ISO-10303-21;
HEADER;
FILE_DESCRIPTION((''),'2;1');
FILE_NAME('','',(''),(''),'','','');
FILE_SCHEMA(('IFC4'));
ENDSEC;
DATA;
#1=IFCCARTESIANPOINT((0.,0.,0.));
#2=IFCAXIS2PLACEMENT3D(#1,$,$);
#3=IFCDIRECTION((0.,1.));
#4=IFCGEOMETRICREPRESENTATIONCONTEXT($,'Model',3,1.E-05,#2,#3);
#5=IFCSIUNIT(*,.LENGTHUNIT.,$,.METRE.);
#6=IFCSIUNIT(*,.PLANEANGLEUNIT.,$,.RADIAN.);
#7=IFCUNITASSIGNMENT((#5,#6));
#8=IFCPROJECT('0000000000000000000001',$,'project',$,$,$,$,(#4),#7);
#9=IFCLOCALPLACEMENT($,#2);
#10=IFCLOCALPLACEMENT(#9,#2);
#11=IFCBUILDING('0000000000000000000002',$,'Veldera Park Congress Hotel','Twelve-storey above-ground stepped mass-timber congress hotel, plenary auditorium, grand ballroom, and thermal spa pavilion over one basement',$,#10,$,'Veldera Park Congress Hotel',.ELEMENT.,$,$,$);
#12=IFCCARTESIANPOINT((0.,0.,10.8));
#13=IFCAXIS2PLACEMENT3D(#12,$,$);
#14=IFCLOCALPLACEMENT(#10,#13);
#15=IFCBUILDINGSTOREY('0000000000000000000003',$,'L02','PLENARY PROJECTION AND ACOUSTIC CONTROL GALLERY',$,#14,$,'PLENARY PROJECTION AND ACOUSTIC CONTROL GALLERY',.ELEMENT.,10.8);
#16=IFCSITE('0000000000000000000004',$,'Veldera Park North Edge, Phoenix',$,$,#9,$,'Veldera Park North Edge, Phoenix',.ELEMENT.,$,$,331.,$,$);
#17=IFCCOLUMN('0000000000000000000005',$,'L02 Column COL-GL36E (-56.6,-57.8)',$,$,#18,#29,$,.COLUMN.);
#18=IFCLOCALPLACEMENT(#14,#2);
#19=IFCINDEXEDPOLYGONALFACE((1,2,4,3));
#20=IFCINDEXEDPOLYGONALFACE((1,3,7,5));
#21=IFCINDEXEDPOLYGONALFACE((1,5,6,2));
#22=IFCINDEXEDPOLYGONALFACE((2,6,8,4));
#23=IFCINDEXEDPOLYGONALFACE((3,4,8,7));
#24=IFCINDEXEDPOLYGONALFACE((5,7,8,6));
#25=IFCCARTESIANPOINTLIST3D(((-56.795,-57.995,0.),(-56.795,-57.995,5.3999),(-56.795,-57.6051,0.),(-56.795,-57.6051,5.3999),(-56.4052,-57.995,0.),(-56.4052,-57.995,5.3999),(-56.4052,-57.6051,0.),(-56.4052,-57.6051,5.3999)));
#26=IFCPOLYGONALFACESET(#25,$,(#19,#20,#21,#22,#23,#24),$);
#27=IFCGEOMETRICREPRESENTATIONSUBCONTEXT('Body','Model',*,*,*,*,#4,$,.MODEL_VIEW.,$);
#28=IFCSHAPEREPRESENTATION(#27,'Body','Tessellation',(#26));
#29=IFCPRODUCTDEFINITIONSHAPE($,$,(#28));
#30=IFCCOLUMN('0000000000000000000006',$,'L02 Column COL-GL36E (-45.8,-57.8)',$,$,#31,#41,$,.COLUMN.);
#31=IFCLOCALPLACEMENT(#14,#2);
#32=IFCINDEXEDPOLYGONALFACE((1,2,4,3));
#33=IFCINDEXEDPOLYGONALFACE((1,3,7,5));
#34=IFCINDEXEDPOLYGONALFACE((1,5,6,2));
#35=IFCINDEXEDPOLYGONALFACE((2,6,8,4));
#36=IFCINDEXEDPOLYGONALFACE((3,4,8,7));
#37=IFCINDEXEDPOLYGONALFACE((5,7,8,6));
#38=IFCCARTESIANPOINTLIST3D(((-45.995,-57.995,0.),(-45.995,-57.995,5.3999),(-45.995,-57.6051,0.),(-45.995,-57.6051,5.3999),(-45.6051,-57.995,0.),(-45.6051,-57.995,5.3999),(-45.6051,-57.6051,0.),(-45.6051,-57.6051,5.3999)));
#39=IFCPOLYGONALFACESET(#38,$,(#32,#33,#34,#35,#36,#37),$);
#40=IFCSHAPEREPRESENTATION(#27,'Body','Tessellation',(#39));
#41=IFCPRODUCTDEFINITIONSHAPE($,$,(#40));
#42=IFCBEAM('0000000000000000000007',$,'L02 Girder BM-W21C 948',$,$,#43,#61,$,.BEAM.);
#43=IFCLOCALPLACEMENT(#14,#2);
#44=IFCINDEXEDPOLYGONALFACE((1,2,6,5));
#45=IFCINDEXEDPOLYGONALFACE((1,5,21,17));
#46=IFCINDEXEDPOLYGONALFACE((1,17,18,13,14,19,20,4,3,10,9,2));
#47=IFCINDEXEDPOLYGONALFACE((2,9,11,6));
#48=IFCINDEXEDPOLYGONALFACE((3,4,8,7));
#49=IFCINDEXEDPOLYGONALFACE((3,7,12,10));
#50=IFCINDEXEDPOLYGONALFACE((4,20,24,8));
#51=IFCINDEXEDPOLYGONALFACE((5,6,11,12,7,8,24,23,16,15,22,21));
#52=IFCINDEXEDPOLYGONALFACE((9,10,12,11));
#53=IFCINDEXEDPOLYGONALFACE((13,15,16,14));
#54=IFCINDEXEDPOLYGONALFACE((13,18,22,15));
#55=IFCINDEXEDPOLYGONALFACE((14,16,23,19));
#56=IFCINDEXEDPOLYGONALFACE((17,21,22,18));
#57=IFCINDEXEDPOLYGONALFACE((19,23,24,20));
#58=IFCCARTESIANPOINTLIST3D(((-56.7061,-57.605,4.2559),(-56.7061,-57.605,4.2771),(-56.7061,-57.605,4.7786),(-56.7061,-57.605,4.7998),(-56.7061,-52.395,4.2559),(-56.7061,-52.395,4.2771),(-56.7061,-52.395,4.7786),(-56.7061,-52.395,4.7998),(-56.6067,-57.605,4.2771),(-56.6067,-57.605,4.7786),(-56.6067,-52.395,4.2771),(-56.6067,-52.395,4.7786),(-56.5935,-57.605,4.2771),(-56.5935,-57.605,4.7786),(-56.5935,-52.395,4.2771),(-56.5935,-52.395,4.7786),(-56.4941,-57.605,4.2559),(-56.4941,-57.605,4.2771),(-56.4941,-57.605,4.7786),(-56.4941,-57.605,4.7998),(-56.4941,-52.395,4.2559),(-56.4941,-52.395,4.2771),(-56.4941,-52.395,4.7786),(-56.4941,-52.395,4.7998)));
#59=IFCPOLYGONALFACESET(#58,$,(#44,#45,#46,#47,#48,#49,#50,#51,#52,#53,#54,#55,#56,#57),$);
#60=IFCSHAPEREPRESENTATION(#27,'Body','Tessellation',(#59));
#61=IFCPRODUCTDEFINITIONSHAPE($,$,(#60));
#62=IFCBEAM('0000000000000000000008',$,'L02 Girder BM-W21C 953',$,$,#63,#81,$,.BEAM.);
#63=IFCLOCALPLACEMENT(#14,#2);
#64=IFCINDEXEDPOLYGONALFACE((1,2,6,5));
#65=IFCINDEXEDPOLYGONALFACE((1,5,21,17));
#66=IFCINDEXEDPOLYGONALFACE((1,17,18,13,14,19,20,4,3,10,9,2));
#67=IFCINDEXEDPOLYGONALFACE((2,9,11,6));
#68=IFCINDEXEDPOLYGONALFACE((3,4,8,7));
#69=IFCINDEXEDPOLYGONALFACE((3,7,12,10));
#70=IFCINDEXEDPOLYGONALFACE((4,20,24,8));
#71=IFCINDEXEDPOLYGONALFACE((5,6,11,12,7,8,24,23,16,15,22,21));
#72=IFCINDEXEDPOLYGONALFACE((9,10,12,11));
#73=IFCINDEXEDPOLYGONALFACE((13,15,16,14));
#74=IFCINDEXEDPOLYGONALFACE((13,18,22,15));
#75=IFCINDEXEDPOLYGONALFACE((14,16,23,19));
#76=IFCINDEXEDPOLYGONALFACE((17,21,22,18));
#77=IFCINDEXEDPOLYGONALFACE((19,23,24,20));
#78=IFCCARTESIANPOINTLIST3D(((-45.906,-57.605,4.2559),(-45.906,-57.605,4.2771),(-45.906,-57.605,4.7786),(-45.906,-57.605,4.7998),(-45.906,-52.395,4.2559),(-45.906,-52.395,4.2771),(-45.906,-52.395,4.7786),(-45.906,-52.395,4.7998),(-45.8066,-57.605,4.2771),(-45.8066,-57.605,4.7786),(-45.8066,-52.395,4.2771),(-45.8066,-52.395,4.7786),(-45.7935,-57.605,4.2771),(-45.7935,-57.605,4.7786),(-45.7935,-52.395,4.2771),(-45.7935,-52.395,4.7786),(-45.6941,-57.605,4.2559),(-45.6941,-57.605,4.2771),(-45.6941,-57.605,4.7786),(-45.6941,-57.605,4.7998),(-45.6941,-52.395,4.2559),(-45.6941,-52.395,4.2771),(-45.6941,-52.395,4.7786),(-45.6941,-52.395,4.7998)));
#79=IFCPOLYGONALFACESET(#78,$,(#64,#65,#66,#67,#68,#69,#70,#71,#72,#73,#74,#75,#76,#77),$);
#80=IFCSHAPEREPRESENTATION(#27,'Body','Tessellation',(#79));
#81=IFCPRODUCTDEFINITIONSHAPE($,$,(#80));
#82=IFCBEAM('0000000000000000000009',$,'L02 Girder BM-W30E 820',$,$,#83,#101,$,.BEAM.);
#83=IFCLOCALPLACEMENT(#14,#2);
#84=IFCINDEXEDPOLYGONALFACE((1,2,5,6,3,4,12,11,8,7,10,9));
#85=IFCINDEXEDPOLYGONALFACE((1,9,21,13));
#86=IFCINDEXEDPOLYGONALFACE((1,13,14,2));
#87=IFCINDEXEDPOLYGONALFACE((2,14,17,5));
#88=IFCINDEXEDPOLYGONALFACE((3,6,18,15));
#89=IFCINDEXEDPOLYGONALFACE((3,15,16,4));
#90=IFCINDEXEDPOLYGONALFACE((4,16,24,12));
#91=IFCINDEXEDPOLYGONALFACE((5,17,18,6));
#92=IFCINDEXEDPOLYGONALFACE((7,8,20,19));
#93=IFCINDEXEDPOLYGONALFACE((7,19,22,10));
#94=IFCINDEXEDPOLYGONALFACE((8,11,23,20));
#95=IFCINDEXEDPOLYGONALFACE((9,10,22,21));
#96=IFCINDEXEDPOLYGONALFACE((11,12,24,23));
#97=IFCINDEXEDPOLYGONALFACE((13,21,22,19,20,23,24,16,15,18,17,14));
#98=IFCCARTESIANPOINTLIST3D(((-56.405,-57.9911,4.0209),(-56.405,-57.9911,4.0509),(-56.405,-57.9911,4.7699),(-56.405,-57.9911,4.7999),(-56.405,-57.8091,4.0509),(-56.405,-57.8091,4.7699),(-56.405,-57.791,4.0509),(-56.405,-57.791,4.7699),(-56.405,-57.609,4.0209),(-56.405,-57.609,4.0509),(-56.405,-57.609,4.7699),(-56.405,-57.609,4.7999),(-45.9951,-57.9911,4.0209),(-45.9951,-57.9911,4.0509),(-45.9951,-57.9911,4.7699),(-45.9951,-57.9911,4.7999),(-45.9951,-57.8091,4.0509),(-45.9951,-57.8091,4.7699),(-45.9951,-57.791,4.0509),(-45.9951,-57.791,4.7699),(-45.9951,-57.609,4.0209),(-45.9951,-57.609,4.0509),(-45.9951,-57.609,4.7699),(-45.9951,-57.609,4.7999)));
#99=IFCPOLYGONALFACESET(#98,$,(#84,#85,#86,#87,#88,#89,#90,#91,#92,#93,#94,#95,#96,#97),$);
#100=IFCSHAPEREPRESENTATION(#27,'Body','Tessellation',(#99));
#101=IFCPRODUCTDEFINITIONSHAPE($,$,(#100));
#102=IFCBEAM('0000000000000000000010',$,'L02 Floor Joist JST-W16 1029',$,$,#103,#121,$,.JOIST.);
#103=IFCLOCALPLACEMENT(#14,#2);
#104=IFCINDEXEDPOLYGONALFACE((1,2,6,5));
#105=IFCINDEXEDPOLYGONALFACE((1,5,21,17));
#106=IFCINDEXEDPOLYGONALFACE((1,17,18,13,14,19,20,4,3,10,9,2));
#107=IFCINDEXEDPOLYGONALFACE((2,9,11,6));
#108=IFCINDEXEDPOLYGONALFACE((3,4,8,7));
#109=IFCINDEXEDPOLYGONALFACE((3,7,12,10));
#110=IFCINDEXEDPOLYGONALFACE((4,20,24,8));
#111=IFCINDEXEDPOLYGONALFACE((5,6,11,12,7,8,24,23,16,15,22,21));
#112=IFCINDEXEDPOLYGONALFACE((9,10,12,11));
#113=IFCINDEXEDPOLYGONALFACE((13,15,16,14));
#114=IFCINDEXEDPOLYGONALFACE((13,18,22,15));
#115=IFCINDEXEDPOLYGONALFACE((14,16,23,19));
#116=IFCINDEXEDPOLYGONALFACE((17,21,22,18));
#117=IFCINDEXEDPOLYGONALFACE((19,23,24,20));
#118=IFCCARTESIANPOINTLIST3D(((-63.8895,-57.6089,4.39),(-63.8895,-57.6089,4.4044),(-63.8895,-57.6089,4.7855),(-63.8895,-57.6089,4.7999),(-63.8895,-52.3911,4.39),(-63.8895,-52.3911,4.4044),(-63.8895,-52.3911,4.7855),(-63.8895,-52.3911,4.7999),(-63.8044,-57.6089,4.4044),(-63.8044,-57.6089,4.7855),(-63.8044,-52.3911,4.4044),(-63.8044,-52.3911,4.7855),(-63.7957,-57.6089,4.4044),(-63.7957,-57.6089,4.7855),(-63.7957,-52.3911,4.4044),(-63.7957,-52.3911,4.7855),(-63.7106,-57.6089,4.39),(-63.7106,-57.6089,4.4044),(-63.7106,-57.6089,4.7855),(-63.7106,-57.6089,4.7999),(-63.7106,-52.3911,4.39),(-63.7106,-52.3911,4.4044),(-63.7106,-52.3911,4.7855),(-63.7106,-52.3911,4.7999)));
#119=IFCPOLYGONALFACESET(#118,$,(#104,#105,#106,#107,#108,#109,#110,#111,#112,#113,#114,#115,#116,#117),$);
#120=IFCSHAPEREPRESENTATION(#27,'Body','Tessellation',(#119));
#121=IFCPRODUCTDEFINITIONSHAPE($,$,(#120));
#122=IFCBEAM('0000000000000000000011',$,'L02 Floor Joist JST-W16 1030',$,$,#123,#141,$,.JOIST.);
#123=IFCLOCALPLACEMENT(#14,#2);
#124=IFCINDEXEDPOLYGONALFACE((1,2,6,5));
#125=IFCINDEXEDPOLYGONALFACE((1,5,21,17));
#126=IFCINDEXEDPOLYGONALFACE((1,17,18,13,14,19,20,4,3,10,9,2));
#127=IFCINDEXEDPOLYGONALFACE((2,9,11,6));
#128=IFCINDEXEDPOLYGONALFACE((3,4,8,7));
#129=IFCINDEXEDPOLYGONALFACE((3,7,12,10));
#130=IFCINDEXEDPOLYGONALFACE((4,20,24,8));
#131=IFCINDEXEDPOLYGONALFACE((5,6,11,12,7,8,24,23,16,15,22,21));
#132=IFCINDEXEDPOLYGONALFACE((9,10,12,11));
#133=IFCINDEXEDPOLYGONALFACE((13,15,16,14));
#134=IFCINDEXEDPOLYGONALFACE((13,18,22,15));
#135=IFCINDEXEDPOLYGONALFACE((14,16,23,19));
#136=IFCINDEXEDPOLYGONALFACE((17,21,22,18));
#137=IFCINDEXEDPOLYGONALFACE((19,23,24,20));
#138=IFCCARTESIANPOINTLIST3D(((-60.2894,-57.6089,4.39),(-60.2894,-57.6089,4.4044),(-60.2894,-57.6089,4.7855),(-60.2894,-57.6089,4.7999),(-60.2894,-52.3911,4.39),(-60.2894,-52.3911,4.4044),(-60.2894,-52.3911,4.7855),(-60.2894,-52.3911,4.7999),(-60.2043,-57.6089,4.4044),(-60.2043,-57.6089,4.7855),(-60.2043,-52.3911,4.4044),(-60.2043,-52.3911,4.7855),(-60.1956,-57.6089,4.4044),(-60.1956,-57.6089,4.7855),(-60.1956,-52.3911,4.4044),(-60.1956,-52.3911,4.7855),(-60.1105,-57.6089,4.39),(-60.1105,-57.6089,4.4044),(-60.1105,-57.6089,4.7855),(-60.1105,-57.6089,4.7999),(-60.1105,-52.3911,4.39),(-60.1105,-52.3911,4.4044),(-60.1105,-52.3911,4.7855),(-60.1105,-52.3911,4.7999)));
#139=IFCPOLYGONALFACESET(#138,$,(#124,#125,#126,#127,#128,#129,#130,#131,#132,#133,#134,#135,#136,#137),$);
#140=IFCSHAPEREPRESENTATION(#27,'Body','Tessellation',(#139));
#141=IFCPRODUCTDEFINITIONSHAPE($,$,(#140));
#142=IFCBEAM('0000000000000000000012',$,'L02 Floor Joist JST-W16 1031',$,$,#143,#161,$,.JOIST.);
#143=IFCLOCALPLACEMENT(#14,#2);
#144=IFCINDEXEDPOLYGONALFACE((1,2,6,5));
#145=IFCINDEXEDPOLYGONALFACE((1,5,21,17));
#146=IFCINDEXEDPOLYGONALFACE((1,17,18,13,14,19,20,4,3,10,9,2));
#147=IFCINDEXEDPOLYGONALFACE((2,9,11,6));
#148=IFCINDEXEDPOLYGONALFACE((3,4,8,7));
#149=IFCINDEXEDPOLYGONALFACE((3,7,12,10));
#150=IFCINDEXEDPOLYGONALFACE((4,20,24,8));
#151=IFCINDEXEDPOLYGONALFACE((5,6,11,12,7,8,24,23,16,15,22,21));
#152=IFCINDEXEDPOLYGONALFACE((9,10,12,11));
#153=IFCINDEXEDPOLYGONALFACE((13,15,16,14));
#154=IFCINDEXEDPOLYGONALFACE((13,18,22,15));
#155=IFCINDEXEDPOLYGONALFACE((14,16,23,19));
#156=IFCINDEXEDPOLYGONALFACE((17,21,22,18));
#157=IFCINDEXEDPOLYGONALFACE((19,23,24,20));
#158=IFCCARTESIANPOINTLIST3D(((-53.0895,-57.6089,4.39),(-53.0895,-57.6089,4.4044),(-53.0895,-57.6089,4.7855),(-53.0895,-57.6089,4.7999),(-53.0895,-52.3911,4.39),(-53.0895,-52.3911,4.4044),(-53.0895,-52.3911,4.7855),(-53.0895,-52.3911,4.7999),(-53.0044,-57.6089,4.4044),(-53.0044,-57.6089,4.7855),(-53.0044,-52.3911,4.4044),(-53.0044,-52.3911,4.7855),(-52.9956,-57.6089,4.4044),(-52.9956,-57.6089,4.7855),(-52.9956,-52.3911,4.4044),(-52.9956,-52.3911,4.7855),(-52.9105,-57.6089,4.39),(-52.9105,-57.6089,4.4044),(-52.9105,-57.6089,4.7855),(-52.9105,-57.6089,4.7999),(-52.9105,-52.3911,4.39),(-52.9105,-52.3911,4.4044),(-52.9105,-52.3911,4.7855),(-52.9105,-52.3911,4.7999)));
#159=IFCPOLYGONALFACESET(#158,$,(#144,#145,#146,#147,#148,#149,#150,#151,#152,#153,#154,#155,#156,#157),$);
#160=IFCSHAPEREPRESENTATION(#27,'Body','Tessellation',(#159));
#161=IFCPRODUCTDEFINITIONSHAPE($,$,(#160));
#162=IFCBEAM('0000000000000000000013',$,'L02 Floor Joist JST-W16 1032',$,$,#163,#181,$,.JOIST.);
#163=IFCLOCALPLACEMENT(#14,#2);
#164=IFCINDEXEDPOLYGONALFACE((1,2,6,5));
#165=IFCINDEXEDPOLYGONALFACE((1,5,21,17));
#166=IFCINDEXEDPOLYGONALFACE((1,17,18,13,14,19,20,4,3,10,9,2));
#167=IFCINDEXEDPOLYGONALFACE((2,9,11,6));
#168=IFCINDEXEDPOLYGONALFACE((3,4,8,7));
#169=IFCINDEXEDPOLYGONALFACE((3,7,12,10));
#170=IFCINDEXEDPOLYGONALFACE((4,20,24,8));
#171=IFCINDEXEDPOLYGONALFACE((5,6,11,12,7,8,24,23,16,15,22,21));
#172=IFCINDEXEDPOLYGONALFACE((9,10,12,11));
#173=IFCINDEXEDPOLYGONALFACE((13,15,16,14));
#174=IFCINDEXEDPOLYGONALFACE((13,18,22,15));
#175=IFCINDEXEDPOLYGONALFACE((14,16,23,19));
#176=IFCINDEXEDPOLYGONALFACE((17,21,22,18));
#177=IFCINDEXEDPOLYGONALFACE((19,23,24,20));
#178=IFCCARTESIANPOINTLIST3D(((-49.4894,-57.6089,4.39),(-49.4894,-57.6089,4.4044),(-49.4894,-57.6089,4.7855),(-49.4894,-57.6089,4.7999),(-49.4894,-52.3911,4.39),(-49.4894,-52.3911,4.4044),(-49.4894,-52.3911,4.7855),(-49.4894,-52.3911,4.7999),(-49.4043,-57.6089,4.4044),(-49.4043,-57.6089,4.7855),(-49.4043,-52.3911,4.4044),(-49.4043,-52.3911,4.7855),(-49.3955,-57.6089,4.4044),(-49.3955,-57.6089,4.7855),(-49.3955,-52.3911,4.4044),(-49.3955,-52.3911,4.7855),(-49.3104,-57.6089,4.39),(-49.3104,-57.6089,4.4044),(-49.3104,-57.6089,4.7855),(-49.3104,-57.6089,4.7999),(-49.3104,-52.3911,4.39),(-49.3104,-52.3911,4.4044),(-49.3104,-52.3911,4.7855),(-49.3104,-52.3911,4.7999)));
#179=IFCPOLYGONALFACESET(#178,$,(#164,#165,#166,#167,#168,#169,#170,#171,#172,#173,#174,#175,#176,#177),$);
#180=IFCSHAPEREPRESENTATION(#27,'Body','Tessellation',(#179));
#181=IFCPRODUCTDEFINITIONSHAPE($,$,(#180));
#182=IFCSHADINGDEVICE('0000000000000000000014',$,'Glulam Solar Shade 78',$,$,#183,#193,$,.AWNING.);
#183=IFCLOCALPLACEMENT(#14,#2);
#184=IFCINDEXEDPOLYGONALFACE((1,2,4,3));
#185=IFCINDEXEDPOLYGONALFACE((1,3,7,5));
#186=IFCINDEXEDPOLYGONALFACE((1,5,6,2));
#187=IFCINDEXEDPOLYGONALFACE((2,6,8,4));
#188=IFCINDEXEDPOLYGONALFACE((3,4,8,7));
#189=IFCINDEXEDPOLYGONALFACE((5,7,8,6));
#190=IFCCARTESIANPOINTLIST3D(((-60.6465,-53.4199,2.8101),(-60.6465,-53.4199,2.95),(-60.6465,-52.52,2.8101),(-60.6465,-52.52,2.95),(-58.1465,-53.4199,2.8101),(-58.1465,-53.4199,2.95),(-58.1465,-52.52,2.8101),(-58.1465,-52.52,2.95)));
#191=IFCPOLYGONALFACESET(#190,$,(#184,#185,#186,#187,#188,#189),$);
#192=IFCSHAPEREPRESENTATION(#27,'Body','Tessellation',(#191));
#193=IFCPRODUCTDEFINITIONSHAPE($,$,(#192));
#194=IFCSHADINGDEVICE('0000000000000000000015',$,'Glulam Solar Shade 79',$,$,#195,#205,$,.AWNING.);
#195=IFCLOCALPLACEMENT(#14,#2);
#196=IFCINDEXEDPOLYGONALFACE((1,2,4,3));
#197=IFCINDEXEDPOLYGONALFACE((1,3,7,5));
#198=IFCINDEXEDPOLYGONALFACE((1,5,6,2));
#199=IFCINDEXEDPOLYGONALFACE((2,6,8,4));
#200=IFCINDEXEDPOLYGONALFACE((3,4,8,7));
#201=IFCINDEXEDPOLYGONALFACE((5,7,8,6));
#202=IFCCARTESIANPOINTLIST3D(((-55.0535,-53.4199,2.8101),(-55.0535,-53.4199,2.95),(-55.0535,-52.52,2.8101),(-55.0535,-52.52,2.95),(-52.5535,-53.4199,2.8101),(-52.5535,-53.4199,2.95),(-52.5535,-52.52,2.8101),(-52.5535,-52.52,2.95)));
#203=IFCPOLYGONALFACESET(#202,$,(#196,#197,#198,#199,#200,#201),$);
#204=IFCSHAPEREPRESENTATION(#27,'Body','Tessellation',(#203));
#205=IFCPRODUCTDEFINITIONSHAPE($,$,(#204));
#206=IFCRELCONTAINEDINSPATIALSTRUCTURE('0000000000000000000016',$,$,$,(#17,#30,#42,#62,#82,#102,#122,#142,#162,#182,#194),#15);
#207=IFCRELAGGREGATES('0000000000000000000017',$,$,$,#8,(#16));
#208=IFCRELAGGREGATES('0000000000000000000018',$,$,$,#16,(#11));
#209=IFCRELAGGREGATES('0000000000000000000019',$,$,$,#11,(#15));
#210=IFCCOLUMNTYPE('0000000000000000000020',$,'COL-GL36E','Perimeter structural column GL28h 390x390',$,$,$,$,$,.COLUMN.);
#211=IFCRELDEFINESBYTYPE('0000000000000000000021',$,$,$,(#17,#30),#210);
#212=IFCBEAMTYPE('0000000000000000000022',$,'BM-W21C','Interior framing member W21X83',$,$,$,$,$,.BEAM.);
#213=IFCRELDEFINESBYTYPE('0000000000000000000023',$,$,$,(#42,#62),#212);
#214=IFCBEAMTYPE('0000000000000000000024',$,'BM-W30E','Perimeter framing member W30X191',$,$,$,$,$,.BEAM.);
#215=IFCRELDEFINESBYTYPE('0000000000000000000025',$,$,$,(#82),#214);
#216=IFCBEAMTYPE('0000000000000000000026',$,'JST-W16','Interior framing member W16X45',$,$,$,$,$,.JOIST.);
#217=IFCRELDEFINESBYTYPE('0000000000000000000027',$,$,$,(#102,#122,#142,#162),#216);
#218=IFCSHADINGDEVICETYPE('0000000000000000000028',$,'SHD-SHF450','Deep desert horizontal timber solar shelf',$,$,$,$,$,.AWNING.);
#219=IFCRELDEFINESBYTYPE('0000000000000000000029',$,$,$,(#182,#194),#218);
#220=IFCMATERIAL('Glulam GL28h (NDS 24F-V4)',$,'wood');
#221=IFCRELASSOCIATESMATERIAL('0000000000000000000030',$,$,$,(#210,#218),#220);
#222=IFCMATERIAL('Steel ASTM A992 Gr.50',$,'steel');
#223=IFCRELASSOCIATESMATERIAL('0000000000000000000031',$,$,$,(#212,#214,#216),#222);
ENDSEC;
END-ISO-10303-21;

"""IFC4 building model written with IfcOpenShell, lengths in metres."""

from ifc_helpers import new_model, si_unit, direction, frame, origin, origin_2d, place, context, subcontext, project, spatial, rectangle, i_section, extrude, material, material_profile, profile_set, type_object, element, save


model = new_model("IFC4")

# Units and contexts
model_context = context("Model", 3, precision=1e-05, world=origin(), true_north=direction((0.0, 1.0)))
body_context = subcontext(model_context, "Body", "Model", "MODEL_VIEW")
ifc_project = project(units=[si_unit("LENGTHUNIT", "METRE"), si_unit("PLANEANGLEUNIT", "RADIAN")], contexts=[model_context])

# Site, building, storey
site_placement = place(None, origin())
site = spatial("IfcSite", under=ifc_project, at=site_placement, Name="Veldera Park North Edge, Phoenix", LongName="Veldera Park North Edge, Phoenix", CompositionType="ELEMENT", RefElevation=331.0)
building_placement = place(site_placement, origin())
building = spatial("IfcBuilding", under=site, at=building_placement, Name="Veldera Park Congress Hotel", Description="Twelve-storey above-ground stepped mass-timber congress hotel, plenary auditorium, grand ballroom, and thermal spa pavilion over one basement", LongName="Veldera Park Congress Hotel", CompositionType="ELEMENT")
storey_placement = place(building_placement, frame((0.0, 0.0, 10.8)))
storey = spatial("IfcBuildingStorey", under=building, at=storey_placement, Name="L02", Description="PLENARY PROJECTION AND ACOUSTIC CONTROL GALLERY", LongName="PLENARY PROJECTION AND ACOUSTIC CONTROL GALLERY", CompositionType="ELEMENT", Elevation=10.8)

# Columns
ifc_material_1 = material(Name="Glulam GL28h (NDS 24F-V4)", Category="wood")
ifc_material_profile_1 = material_profile(ifc_material_1, rectangle(XDim=0.3899, YDim=0.3899, at=origin_2d()), Name="GL28h 390x390")
ifc_profile_set_1 = profile_set([ifc_material_profile_1], Name="Glulam GL28h (NDS 24F-V4)")
column_type = type_object("IfcColumnType", Name="COL-GL36E", Description="Perimeter structural column GL28h 390x390", PredefinedType="COLUMN", material=ifc_profile_set_1)
for number, where, z_axis, x_axis, name in (
    (1, (-56.6001, -57.8, 0.0), (0.0, 0.0, 1.0), (1.0, 0.0, 0.0), "L02 Column COL-GL36E (-56.6,-57.8)"),
    (2, (-45.8, -57.8, 0.0), (0.0, 0.0, 1.0), (1.0, 0.0, 0.0), "L02 Column COL-GL36E (-45.8,-57.8)"),
):
    element("IfcColumn", number, at=place(storey_placement, frame(where, z_axis=z_axis, x_axis=x_axis)), inside=storey, type_object=column_type, Name=name, PredefinedType="COLUMN", context=body_context, shape_type="SweptSolid", body=[
        extrude(rectangle(XDim=0.3899, YDim=0.3899, at=origin_2d()), origin(), (0.0, 0.0, 1.0), 5.3999),
    ])

# Beams
ifc_material_2 = material(Name="Steel ASTM A992 Gr.50", Category="steel")
ifc_material_profile_2 = material_profile(ifc_material_2, i_section(OverallWidth=0.2119, OverallDepth=0.5439, WebThickness=0.0132, FlangeThickness=0.0212, at=origin_2d()), Name="W21X83")
ifc_profile_set_2 = profile_set([ifc_material_profile_2], Name="Steel ASTM A992 Gr.50")
beam_type_1 = type_object("IfcBeamType", Name="BM-W21C", Description="Interior framing member W21X83", PredefinedType="BEAM", material=ifc_profile_set_2)
for number, where, z_axis, x_axis, name in (
    (3, (-56.6001, -57.605, 4.5278), (0.0, 1.0, 0.0), (-1.0, 0.0, 0.0), "L02 Girder BM-W21C 948"),
    (4, (-45.8, -57.605, 4.5278), (0.0, 1.0, 0.0), (-1.0, 0.0, 0.0), "L02 Girder BM-W21C 953"),
):
    element("IfcBeam", number, at=place(storey_placement, frame(where, z_axis=z_axis, x_axis=x_axis)), inside=storey, type_object=beam_type_1, Name=name, PredefinedType="BEAM", context=body_context, shape_type="SweptSolid", body=[
        extrude(i_section(OverallWidth=0.2119, OverallDepth=0.5439, WebThickness=0.0132, FlangeThickness=0.0212, at=origin_2d()), origin(), (0.0, 0.0, 1.0), 5.21),
    ])
ifc_material_profile_3 = material_profile(ifc_material_2, i_section(OverallWidth=0.3821, OverallDepth=0.7791, WebThickness=0.0181, FlangeThickness=0.03, at=origin_2d()), Name="W30X191")
ifc_profile_set_3 = profile_set([ifc_material_profile_3], Name="Steel ASTM A992 Gr.50")
beam_type_2 = type_object("IfcBeamType", Name="BM-W30E", Description="Perimeter framing member W30X191", PredefinedType="BEAM", material=ifc_profile_set_3)
beam_placement = place(storey_placement, frame((-56.405, -57.8, 4.4104), z_axis=(1.0, 0.0, 0.0), x_axis=(0.0, 1.0, 0.0)))
element("IfcBeam", 5, at=beam_placement, inside=storey, type_object=beam_type_2, Name="L02 Girder BM-W30E 820", PredefinedType="BEAM", context=body_context, shape_type="SweptSolid", body=[
    extrude(i_section(OverallWidth=0.3821, OverallDepth=0.7791, WebThickness=0.0181, FlangeThickness=0.03, at=origin_2d()), origin(), (0.0, 0.0, 1.0), 10.4099),
])
ifc_material_profile_4 = material_profile(ifc_material_2, i_section(OverallWidth=0.179, OverallDepth=0.4099, WebThickness=0.0088, FlangeThickness=0.0144, at=origin_2d()), Name="W16X45")
ifc_profile_set_4 = profile_set([ifc_material_profile_4], Name="Steel ASTM A992 Gr.50")
beam_type_3 = type_object("IfcBeamType", Name="JST-W16", Description="Interior framing member W16X45", PredefinedType="JOIST", material=ifc_profile_set_4)
for number, where, z_axis, x_axis, name in (
    (6, (-63.8, -57.6089, 4.595), (0.0, 1.0, 0.0), (-1.0, 0.0, 0.0), "L02 Floor Joist JST-W16 1029"),
    (7, (-60.2, -57.6089, 4.595), (0.0, 1.0, 0.0), (-1.0, 0.0, 0.0), "L02 Floor Joist JST-W16 1030"),
    (8, (-53.0, -57.6089, 4.595), (0.0, 1.0, 0.0), (-1.0, 0.0, 0.0), "L02 Floor Joist JST-W16 1031"),
    (9, (-49.3999, -57.6089, 4.595), (0.0, 1.0, 0.0), (-1.0, 0.0, 0.0), "L02 Floor Joist JST-W16 1032"),
):
    element("IfcBeam", number, at=place(storey_placement, frame(where, z_axis=z_axis, x_axis=x_axis)), inside=storey, type_object=beam_type_3, Name=name, PredefinedType="JOIST", context=body_context, shape_type="SweptSolid", body=[
        extrude(i_section(OverallWidth=0.179, OverallDepth=0.4099, WebThickness=0.0088, FlangeThickness=0.0144, at=origin_2d()), origin(), (0.0, 0.0, 1.0), 5.2178),
    ])

# Shading devices
shading_device_type = type_object("IfcShadingDeviceType", Name="SHD-SHF450", Description="Deep desert horizontal timber solar shelf", PredefinedType="AWNING", material=ifc_material_1)
for number, where, z_axis, x_axis, name in (
    (10, (-59.3965, -52.97, 2.8101), (0.0, 0.0, 1.0), (1.0, 0.0, 0.0), "Glulam Solar Shade 78"),
    (11, (-53.8035, -52.97, 2.8101), (0.0, 0.0, 1.0), (1.0, 0.0, 0.0), "Glulam Solar Shade 79"),
):
    element("IfcShadingDevice", number, at=place(storey_placement, frame(where, z_axis=z_axis, x_axis=x_axis)), inside=storey, type_object=shading_device_type, Name=name, PredefinedType="AWNING", context=body_context, shape_type="SweptSolid", body=[
        extrude(rectangle(XDim=2.5, YDim=0.8999, at=origin_2d()), origin(), (0.0, 0.0, 1.0), 0.1399),
    ])

save(model, "model.ifc")
